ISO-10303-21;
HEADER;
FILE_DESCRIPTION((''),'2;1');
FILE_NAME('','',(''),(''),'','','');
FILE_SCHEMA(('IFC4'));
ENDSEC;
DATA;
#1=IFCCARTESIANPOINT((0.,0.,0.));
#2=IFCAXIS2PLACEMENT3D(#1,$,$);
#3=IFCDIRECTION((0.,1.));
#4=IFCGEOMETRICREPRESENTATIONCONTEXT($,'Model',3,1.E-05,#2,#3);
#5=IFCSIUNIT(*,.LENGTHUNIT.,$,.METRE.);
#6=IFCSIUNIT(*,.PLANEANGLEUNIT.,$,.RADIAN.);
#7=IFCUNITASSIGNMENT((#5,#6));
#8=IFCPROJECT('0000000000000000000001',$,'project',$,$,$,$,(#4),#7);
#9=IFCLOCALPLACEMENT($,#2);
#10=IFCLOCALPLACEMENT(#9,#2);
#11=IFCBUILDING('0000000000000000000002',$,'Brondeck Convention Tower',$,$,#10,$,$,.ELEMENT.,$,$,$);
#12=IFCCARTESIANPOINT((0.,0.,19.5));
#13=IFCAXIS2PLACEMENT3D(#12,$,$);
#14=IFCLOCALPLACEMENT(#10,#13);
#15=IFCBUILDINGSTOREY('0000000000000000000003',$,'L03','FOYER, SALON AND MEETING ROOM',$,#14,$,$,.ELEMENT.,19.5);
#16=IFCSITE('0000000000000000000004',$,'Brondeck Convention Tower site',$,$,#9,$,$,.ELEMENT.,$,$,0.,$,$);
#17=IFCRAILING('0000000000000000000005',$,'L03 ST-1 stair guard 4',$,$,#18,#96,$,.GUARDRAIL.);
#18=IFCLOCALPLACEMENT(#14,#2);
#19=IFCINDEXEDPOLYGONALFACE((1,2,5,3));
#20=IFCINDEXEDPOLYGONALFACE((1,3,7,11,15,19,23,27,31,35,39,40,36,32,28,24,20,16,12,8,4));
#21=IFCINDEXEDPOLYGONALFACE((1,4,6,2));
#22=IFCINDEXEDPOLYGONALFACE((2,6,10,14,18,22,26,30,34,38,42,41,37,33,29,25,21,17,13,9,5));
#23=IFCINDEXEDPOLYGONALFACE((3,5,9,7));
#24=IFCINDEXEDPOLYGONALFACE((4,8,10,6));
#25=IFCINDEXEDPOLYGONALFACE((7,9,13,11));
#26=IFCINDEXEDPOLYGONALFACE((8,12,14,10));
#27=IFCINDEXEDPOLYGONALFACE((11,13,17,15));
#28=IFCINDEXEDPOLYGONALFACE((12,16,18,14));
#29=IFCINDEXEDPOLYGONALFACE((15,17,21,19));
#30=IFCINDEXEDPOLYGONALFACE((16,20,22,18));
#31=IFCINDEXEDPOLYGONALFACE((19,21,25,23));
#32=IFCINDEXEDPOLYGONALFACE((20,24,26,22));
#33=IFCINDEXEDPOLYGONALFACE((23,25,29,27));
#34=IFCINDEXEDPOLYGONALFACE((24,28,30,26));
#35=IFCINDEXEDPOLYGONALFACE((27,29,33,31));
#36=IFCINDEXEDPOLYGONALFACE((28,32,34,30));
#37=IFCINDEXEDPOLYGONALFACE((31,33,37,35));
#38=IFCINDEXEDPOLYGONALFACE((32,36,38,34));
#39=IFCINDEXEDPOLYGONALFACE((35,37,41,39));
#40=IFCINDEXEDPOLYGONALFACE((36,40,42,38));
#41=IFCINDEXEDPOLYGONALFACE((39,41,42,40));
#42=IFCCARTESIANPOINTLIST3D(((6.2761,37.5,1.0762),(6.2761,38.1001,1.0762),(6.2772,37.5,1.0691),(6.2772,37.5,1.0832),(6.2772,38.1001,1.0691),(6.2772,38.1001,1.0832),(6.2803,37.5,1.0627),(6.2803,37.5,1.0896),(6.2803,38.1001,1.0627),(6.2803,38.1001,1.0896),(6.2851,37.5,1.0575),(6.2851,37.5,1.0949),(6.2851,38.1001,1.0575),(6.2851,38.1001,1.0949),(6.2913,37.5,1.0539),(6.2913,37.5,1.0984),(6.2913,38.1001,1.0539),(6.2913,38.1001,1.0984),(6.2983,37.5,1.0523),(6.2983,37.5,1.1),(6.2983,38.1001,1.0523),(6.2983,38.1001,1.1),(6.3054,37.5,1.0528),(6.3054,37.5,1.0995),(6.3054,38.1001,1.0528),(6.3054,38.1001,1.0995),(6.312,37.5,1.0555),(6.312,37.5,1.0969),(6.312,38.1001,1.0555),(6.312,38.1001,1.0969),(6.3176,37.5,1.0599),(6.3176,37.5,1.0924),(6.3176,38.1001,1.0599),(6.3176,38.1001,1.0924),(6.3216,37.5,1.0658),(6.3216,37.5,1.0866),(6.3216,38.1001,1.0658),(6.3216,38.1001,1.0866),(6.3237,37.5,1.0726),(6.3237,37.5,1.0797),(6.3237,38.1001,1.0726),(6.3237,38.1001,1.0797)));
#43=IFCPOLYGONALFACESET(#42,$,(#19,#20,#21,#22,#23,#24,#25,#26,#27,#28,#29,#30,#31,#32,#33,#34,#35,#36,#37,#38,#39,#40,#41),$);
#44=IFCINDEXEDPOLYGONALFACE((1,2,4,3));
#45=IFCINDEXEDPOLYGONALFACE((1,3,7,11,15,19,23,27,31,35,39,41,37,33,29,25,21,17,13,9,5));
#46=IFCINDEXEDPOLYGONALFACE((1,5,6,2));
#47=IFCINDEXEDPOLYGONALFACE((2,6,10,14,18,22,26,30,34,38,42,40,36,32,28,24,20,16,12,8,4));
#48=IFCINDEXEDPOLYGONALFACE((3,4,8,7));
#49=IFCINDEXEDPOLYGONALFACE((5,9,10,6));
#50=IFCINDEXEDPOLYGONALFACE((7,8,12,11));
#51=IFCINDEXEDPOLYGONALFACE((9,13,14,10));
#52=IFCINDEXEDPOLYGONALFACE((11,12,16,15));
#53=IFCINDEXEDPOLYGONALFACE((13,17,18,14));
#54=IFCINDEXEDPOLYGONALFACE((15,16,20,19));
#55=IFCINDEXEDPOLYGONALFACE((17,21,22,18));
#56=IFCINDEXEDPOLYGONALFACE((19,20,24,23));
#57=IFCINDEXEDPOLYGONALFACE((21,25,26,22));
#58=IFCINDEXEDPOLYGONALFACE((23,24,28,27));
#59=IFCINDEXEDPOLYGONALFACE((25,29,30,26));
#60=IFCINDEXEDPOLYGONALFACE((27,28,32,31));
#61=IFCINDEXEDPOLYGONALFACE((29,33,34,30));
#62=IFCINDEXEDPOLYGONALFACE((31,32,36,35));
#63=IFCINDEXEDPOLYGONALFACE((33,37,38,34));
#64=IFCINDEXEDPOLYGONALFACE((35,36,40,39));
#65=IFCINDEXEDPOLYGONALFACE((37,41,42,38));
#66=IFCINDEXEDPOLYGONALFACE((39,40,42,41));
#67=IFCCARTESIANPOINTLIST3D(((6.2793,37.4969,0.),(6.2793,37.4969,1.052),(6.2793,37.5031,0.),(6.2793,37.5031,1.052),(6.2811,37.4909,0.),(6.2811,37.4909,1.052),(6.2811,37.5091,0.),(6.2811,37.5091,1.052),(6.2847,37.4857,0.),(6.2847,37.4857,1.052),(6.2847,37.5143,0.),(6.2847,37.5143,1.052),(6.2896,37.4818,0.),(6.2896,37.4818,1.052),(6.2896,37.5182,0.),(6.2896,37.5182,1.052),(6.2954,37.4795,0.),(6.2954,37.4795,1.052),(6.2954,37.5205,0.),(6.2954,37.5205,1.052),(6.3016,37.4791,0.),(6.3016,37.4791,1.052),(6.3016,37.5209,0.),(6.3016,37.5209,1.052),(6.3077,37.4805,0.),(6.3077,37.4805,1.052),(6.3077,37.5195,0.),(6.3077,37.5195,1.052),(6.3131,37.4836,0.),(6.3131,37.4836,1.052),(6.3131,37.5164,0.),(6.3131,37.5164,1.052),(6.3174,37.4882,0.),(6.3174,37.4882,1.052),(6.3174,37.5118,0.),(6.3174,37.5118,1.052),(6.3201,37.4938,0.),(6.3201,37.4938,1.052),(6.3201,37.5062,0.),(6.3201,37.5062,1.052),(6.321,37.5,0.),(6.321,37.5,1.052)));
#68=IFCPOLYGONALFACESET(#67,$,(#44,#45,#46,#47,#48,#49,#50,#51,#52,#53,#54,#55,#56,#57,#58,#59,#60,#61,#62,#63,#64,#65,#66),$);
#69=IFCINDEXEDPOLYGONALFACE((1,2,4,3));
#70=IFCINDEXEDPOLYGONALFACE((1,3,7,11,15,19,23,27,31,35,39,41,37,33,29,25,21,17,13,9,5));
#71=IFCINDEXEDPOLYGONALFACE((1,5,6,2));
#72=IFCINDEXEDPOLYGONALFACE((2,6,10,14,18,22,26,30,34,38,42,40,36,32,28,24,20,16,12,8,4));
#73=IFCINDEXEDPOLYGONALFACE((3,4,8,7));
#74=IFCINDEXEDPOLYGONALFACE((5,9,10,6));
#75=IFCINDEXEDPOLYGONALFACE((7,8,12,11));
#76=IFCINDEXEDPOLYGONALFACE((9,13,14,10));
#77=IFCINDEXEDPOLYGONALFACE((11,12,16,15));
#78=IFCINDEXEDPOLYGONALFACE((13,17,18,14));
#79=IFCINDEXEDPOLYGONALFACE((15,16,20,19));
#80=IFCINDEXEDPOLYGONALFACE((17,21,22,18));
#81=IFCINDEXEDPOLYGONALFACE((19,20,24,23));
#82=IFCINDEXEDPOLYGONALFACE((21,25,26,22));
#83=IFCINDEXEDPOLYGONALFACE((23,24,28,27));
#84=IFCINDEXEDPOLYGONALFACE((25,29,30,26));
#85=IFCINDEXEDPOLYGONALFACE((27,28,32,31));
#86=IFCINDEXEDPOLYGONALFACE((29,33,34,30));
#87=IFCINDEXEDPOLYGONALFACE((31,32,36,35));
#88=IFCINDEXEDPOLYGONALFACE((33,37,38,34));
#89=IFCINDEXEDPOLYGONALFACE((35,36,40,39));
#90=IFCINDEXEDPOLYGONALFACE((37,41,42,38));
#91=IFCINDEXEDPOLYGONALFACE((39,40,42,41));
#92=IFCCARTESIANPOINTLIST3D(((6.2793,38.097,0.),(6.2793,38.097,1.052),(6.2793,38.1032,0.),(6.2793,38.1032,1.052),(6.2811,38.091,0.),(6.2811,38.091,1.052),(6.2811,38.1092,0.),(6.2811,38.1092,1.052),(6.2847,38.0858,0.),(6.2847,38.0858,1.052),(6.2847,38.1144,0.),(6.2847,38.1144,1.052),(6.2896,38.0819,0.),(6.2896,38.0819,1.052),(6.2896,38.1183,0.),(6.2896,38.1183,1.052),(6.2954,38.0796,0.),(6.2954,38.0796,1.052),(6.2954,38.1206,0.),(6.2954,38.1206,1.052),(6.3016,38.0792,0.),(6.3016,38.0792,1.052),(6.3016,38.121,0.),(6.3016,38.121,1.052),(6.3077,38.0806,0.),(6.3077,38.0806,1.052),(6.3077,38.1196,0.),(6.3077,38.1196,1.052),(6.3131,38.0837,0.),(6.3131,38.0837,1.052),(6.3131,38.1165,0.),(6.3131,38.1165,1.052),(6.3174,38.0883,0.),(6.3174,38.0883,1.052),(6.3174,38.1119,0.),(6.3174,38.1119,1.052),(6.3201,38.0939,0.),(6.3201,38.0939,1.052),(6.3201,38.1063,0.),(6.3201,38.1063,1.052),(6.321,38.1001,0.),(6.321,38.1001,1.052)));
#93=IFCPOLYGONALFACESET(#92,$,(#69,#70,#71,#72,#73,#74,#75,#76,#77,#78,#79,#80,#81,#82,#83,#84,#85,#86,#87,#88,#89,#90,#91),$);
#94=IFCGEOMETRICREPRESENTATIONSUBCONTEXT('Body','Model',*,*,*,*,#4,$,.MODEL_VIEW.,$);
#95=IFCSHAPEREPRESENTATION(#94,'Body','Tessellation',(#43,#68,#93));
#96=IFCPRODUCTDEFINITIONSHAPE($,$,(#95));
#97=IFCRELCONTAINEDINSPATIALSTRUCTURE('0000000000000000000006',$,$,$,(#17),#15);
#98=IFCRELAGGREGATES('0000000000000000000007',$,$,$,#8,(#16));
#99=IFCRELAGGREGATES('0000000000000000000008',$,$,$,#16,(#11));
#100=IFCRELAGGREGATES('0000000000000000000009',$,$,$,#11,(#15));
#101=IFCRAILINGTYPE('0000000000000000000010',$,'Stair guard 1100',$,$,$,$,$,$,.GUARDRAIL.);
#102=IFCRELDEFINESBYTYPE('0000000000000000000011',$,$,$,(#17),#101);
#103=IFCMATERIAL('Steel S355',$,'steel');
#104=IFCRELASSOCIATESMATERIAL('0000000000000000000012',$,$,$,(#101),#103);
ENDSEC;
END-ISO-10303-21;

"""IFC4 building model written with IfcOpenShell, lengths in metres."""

from ifc_helpers import new_model, si_unit, direction, frame, origin, origin_2d, place, context, subcontext, project, spatial, circle, extrude, material, type_object, element, save


model = new_model("IFC4")

# Units and contexts
model_context = context("Model", 3, precision=1e-05, world=origin(), true_north=direction((0.0, 1.0)))
body_context = subcontext(model_context, "Body", "Model", "MODEL_VIEW")
ifc_project = project(units=[si_unit("LENGTHUNIT", "METRE"), si_unit("PLANEANGLEUNIT", "RADIAN")], contexts=[model_context])

# Site, building, storey
site_placement = place(None, origin())
site = spatial("IfcSite", under=ifc_project, at=site_placement, Name="Brondeck Convention Tower site", CompositionType="ELEMENT", RefElevation=0.0)
building_placement = place(site_placement, origin())
building = spatial("IfcBuilding", under=site, at=building_placement, Name="Brondeck Convention Tower", CompositionType="ELEMENT")
storey_placement = place(building_placement, frame((0.0, 0.0, 19.5)))
storey = spatial("IfcBuildingStorey", under=building, at=storey_placement, Name="L03", Description="FOYER, SALON AND MEETING ROOM", CompositionType="ELEMENT", Elevation=19.5)

# Railing
ifc_material_1 = material(Name="Steel S355", Category="steel")
railing_type = type_object("IfcRailingType", Name="Stair guard 1100", PredefinedType="GUARDRAIL", material=ifc_material_1)
railing_1_placement = place(storey_placement, frame((6.3, 37.5, 0.0)))
element("IfcRailing", 1, at=railing_1_placement, inside=storey, type_object=railing_type, Name="L03 ST-1 stair guard 4", PredefinedType="GUARDRAIL", context=body_context, shape_type="SweptSolid", body=[
    extrude(circle(Radius=0.0239, at=origin_2d()), frame((0.0, 0.0, 1.0762), z_axis=(0.0, 1.0, 0.0), x_axis=(-1.0, 0.0, 0.0)), (0.0, 0.0, 1.0), 0.6001),
    extrude(circle(Radius=0.021, at=origin_2d()), origin(), (0.0, 0.0, 1.0), 1.052),
    extrude(circle(Radius=0.021, at=origin_2d()), frame((0.0, 0.6001, 0.0)), (0.0, 0.0, 1.0), 1.052),
])

save(model, "model.ifc")
